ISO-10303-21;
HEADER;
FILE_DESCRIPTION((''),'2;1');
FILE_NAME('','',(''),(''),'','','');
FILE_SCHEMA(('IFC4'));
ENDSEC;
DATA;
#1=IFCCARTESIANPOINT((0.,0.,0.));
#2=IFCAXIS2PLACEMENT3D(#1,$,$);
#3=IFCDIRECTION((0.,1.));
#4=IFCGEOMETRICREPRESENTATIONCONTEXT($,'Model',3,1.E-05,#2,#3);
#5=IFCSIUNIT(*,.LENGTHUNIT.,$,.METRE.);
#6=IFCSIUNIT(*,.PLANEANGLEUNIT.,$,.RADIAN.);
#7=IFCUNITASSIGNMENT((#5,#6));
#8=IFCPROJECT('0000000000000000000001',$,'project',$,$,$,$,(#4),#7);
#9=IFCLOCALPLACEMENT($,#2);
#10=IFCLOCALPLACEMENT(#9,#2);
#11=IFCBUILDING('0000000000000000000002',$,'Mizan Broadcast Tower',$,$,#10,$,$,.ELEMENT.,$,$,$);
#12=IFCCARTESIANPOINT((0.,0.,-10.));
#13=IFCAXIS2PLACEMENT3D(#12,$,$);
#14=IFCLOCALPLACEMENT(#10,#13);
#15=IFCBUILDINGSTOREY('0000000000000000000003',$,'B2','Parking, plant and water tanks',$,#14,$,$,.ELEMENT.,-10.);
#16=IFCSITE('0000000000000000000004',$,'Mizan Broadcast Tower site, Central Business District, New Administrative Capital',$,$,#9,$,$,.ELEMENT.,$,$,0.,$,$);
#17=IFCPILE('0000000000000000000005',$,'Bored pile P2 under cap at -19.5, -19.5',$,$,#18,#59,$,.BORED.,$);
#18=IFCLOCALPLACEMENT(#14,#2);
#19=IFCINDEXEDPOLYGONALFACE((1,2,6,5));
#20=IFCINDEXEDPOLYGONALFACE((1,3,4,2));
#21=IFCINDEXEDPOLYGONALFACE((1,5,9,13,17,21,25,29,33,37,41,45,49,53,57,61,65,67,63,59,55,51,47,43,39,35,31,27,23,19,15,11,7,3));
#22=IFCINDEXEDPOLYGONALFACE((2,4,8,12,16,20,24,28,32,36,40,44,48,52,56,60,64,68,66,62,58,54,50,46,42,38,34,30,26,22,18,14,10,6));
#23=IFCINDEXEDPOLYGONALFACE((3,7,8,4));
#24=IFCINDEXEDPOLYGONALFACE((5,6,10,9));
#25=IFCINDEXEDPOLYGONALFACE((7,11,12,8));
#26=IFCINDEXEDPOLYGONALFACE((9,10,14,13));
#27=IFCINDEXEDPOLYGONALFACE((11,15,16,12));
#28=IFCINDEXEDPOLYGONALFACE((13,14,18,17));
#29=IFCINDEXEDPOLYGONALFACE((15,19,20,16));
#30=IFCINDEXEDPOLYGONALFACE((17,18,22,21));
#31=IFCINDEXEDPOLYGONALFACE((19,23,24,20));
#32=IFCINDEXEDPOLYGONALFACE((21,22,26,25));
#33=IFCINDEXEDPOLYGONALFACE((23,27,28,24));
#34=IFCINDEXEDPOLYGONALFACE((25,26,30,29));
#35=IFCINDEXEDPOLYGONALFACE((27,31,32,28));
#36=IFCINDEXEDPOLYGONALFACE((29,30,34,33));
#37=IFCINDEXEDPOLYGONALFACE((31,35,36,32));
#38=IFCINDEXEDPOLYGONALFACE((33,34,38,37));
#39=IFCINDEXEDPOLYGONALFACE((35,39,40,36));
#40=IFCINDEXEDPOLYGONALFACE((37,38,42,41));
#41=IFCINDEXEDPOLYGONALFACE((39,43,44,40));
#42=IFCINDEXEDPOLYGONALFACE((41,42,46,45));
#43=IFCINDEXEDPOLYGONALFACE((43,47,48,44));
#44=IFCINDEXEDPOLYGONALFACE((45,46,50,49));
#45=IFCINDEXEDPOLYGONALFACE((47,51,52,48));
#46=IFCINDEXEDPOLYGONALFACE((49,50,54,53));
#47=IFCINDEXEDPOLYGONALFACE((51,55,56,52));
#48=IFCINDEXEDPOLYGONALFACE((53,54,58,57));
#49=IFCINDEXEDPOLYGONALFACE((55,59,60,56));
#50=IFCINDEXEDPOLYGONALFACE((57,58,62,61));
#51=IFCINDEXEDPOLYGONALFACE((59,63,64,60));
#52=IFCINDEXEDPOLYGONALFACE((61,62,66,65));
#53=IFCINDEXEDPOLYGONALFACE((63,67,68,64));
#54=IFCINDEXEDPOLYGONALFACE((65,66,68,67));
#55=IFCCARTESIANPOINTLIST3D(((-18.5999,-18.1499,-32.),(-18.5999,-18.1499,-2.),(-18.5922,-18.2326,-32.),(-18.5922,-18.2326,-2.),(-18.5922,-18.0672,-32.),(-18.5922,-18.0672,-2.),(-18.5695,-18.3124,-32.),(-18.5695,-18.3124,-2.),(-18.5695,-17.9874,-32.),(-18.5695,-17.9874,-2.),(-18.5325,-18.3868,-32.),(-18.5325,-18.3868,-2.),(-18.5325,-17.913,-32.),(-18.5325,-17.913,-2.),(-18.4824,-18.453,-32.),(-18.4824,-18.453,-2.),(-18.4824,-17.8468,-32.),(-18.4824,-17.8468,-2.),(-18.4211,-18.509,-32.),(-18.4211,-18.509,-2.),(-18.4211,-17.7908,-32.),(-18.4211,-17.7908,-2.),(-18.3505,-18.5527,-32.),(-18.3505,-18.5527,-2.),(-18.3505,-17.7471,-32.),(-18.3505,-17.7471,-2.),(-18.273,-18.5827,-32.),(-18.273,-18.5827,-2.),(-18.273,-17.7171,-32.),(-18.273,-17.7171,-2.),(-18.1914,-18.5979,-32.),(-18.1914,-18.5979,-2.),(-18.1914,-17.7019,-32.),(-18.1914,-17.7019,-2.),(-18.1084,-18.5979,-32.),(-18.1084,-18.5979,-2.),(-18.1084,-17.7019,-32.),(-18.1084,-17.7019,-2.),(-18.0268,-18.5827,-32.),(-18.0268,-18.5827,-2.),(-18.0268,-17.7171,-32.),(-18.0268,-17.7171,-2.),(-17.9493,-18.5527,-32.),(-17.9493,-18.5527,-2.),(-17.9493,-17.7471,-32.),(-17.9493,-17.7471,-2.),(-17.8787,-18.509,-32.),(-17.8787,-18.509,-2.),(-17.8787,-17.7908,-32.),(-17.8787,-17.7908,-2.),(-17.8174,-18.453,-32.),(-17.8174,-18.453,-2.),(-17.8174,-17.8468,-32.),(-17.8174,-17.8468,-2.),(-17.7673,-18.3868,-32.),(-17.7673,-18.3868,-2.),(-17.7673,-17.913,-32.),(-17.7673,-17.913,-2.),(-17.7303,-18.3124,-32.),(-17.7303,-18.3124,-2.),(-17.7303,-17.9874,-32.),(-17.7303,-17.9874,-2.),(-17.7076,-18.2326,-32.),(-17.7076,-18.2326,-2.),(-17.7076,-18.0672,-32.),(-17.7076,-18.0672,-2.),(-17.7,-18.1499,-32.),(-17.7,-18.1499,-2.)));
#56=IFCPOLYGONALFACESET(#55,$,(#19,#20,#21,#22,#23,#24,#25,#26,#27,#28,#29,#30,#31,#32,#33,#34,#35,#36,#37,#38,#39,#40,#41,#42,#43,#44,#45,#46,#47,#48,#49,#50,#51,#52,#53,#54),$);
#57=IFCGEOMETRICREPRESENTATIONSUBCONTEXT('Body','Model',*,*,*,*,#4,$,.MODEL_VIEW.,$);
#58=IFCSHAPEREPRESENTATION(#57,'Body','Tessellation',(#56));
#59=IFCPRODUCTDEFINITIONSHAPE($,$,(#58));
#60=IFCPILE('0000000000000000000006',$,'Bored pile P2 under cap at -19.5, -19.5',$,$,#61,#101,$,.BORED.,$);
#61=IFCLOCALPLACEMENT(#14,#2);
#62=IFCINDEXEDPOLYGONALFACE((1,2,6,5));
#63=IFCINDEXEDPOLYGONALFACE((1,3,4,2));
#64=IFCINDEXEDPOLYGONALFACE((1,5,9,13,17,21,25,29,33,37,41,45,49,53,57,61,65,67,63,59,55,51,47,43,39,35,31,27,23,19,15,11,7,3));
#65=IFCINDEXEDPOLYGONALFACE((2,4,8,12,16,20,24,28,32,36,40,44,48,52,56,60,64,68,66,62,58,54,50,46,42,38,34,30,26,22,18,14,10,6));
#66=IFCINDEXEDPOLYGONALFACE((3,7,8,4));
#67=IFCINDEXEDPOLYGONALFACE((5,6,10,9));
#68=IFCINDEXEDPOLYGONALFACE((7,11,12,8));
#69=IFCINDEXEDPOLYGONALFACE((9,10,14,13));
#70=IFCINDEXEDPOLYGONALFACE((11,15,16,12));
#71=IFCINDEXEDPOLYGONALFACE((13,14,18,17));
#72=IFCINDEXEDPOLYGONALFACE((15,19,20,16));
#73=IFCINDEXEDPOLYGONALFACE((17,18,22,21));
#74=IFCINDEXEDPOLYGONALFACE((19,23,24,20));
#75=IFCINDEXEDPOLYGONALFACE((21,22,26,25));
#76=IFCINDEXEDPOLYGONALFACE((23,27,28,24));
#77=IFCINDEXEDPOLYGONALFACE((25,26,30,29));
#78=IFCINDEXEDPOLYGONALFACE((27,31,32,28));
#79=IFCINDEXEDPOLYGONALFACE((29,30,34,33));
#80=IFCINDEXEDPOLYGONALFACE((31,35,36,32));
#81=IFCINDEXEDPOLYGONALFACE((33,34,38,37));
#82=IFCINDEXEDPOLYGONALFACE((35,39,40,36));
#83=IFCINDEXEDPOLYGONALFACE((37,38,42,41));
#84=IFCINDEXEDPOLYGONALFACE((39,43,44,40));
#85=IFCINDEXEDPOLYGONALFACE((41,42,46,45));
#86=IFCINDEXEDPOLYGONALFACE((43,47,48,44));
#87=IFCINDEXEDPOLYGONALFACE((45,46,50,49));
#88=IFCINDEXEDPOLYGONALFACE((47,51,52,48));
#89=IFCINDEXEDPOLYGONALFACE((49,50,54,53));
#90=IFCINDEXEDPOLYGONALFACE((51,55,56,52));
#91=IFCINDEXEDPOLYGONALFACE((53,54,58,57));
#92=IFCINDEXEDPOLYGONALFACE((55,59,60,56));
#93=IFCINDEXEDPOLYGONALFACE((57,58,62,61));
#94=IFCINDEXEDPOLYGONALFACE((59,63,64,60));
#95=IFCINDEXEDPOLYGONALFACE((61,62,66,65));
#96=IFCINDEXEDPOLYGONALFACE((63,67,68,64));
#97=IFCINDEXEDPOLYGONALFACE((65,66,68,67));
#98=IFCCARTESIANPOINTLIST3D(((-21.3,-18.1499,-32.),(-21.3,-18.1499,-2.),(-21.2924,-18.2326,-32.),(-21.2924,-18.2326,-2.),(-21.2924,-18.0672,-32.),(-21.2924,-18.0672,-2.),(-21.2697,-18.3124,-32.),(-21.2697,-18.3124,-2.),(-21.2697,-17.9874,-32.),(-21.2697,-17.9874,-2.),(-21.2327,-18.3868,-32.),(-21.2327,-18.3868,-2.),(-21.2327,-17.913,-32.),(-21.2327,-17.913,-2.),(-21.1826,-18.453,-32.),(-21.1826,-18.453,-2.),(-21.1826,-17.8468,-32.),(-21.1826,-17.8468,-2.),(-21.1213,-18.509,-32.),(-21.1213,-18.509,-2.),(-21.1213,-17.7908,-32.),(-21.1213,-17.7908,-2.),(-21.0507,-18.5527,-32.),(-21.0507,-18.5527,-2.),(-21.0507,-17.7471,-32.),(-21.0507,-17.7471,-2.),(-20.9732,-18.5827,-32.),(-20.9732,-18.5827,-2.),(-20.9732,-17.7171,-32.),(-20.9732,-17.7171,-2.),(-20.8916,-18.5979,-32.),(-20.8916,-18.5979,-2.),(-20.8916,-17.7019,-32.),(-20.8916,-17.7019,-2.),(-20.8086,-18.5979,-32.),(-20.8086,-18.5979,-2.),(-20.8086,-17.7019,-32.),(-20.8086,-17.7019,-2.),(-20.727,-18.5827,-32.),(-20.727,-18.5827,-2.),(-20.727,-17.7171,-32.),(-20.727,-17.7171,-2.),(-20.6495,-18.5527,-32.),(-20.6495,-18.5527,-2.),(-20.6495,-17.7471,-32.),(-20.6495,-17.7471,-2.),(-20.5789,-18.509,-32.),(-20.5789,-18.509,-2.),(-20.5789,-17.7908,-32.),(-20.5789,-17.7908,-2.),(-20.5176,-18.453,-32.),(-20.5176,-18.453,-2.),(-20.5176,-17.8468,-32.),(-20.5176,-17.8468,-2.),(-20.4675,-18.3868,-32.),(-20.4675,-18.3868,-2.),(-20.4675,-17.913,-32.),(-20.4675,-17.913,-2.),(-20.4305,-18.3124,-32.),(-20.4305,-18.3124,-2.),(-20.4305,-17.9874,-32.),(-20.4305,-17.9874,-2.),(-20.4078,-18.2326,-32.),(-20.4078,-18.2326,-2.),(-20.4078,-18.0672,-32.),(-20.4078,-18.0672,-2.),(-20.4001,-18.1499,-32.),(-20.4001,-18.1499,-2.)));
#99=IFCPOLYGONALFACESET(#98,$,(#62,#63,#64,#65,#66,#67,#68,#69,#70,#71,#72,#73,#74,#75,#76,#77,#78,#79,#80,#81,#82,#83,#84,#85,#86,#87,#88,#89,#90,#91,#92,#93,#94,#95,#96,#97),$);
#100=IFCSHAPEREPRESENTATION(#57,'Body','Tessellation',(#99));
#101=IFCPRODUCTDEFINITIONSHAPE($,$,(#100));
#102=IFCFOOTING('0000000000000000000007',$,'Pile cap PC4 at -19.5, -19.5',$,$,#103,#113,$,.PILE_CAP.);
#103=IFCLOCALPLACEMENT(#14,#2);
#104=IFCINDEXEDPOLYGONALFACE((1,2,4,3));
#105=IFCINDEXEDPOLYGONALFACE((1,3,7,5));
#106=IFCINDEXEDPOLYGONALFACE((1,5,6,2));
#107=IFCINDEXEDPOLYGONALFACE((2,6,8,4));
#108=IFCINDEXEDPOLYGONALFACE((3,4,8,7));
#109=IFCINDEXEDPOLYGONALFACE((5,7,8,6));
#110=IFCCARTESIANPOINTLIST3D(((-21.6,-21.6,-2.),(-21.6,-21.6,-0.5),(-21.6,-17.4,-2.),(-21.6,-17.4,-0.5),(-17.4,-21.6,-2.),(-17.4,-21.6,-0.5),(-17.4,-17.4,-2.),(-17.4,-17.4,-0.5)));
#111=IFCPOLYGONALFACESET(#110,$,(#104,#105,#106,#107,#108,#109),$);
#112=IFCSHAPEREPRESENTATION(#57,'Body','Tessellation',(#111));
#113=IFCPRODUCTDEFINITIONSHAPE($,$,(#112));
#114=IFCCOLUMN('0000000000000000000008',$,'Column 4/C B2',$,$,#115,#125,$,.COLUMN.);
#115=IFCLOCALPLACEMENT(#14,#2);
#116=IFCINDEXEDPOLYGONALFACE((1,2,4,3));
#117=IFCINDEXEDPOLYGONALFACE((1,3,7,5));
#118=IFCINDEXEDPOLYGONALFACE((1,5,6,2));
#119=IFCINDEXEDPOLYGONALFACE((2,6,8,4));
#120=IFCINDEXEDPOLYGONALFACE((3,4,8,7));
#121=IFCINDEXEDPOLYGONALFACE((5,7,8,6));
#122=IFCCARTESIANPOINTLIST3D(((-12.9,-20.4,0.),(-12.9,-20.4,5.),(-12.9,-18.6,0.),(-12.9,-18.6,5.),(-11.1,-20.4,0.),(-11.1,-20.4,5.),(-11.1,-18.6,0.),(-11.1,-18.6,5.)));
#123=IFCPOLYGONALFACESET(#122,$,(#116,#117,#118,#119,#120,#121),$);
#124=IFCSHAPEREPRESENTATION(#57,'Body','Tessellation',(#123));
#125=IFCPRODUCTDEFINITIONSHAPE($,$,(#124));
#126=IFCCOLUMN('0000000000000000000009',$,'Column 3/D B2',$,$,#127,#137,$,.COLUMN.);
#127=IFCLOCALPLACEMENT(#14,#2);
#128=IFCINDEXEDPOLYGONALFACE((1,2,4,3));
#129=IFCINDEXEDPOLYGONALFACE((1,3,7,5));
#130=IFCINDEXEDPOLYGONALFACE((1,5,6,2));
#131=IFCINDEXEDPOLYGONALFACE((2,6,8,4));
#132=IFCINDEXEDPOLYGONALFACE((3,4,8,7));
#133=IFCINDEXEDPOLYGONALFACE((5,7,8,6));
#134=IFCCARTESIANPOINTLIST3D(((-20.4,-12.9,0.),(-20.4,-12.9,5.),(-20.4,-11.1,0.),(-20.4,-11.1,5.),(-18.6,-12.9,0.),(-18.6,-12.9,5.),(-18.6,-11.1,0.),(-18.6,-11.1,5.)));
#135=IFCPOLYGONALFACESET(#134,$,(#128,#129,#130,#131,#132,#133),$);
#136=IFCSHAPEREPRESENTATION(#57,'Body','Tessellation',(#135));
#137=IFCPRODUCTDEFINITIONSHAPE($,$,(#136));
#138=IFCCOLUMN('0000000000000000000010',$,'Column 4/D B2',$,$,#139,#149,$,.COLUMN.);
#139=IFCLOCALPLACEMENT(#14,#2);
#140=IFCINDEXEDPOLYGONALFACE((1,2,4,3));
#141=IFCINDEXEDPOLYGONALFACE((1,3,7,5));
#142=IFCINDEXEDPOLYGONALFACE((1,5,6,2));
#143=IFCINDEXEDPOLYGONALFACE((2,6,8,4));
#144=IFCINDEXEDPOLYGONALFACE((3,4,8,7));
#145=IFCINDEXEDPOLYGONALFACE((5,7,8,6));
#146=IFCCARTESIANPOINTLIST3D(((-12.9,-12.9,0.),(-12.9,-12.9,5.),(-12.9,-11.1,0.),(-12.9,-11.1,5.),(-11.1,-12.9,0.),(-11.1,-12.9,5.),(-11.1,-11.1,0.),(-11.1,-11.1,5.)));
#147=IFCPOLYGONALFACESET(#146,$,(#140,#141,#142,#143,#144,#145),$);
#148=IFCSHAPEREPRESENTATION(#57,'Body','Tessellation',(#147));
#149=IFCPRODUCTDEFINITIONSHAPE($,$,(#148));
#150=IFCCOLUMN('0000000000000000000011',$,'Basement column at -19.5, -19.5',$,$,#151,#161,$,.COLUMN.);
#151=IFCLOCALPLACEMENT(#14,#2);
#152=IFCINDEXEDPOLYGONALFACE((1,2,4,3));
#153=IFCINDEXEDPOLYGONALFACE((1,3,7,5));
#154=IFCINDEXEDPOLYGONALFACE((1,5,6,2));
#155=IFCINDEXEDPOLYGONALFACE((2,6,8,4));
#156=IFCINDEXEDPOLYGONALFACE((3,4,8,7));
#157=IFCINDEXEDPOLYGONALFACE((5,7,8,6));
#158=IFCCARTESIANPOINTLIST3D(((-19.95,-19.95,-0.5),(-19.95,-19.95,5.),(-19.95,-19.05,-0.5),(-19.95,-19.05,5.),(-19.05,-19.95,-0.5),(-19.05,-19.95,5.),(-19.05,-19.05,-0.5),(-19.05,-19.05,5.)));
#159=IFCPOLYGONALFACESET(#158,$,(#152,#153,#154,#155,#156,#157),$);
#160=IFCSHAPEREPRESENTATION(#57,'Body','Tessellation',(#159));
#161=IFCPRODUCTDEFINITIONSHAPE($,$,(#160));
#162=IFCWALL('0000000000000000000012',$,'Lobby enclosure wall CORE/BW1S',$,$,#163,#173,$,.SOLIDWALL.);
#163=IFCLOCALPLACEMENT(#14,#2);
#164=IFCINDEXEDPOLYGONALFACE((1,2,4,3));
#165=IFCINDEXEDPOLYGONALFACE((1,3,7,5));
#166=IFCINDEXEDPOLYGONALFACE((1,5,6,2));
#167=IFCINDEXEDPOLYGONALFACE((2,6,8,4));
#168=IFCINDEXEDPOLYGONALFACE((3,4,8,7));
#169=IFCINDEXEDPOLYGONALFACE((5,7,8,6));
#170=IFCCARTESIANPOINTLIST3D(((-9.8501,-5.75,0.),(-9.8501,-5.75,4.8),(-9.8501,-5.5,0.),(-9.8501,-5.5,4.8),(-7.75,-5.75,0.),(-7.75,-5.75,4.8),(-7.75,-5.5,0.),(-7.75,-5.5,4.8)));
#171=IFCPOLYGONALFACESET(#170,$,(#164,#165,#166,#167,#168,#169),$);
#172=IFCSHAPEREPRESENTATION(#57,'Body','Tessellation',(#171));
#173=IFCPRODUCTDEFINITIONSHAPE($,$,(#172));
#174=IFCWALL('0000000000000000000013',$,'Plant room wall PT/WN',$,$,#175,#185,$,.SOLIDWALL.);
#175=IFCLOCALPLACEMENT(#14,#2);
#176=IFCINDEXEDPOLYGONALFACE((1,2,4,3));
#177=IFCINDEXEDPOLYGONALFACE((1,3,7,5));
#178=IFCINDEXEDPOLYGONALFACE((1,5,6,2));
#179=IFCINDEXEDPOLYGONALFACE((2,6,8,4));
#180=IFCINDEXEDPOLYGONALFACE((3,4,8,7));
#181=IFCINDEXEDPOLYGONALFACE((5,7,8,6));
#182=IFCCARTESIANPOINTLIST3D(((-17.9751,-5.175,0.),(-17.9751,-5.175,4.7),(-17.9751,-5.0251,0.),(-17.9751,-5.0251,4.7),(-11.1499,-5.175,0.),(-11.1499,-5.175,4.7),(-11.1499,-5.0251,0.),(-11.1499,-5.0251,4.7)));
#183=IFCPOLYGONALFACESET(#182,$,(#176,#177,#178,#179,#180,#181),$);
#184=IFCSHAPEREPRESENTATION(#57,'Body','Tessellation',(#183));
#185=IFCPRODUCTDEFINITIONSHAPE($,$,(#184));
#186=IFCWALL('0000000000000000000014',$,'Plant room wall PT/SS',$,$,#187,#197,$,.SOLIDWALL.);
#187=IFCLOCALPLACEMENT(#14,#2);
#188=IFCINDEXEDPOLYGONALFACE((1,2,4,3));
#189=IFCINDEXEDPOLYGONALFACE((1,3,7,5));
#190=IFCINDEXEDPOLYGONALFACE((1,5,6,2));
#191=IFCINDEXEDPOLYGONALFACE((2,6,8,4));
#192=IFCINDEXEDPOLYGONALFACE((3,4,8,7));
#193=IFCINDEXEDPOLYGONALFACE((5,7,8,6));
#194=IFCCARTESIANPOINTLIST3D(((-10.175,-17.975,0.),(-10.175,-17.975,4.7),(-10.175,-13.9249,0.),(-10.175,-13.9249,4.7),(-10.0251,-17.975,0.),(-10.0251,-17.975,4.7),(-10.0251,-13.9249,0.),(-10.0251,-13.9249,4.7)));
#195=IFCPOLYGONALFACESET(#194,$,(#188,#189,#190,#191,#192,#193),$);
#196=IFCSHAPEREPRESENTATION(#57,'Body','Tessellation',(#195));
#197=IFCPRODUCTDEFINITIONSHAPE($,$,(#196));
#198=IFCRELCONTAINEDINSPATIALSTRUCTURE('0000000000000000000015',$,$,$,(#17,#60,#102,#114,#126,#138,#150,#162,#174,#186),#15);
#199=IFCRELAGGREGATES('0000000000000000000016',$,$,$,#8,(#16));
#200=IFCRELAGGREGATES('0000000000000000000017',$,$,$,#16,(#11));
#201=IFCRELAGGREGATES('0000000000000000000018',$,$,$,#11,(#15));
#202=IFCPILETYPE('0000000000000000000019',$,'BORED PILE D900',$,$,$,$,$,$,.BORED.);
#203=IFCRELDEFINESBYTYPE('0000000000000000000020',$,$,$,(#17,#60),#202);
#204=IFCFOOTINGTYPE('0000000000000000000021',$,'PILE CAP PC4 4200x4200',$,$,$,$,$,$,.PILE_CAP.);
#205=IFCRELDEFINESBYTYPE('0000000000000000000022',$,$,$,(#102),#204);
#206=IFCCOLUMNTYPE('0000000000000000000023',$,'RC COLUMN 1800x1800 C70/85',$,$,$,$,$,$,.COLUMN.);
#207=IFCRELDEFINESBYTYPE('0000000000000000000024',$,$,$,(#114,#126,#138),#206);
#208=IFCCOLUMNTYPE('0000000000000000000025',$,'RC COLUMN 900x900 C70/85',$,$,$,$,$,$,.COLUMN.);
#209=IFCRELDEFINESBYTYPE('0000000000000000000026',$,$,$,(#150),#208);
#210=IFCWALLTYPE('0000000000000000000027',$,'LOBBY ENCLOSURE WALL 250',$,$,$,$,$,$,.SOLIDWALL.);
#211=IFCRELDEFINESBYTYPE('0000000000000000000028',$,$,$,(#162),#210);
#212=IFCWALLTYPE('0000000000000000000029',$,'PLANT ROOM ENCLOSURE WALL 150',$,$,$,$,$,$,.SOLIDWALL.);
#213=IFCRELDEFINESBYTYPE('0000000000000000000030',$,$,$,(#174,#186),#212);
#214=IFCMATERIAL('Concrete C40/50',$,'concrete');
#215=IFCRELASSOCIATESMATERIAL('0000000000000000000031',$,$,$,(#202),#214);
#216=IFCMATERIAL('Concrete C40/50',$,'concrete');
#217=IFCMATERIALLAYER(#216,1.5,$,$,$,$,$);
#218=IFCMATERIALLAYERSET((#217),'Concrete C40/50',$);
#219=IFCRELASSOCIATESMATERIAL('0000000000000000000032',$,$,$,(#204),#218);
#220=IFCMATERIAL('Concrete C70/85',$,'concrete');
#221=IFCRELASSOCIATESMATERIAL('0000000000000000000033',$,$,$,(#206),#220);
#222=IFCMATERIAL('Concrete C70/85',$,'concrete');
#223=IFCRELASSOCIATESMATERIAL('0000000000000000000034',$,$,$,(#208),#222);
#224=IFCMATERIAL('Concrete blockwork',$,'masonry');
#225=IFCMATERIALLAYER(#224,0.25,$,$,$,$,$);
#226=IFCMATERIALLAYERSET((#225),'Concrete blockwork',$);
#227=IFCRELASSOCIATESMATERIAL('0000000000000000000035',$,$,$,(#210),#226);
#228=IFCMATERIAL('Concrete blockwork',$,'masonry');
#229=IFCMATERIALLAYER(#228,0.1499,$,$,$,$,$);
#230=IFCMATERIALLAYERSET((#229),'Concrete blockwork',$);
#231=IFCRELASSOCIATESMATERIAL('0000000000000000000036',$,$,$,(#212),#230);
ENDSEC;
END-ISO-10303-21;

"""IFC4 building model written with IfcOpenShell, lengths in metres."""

from ifc_helpers import new_model, si_unit, direction, frame, frame_2d, origin, origin_2d, place, context, subcontext, project, spatial, rectangle, circle, extrude, material, layer, layer_set, material_profile, profile_set, type_object, element, save


model = new_model("IFC4")

# Units and contexts
model_context = context("Model", 3, precision=1e-05, world=origin(), true_north=direction((0.0, 1.0)))
body_context = subcontext(model_context, "Body", "Model", "MODEL_VIEW")
ifc_project = project(units=[si_unit("LENGTHUNIT", "METRE"), si_unit("PLANEANGLEUNIT", "RADIAN")], contexts=[model_context])

# Site, building, storey
site_placement = place(None, origin())
site = spatial("IfcSite", under=ifc_project, at=site_placement, Name="Mizan Broadcast Tower site, Central Business District, New Administrative Capital", CompositionType="ELEMENT", RefElevation=0.0)
building_placement = place(site_placement, origin())
building = spatial("IfcBuilding", under=site, at=building_placement, Name="Mizan Broadcast Tower", CompositionType="ELEMENT")
storey_placement = place(building_placement, frame((0.0, 0.0, -10.0)))
storey = spatial("IfcBuildingStorey", under=building, at=storey_placement, Name="B2", Description="Parking, plant and water tanks", CompositionType="ELEMENT", Elevation=-10.0)

# Piles
ifc_material_1 = material(Name="Concrete C40/50", Category="concrete")
ifc_material_profile_1 = material_profile(ifc_material_1, circle(Radius=0.45, at=origin_2d()), Name="D900")
ifc_profile_set_1 = profile_set([ifc_material_profile_1], Name="Concrete C40/50")
pile_type_1 = type_object("IfcPileType", Name="BORED PILE D900", PredefinedType="BORED", material=ifc_profile_set_1)
for number, where, z_axis, x_axis, name in (
    (1, (-18.1499, -18.1499, -2.0), (0.0, 0.0, -1.0), (1.0, 0.0, 0.0), "Bored pile P2 under cap at -19.5, -19.5"),
    (2, (-20.8501, -18.1499, -2.0), (0.0, 0.0, -1.0), (1.0, 0.0, 0.0), "Bored pile P2 under cap at -19.5, -19.5"),
):
    element("IfcPile", number, at=place(storey_placement, frame(where, z_axis=z_axis, x_axis=x_axis)), inside=storey, type_object=pile_type_1, Name=name, PredefinedType="BORED", context=body_context, shape_type="SweptSolid", body=[
        extrude(circle(Radius=0.45, at=origin_2d()), origin(), (0.0, 0.0, 1.0), 30.0),
    ])

# Footing
ifc_material_2 = material(Name="Concrete C40/50", Category="concrete")
ifc_layer_1 = layer(ifc_material_2, 1.5)
ifc_layer_set_1 = layer_set([ifc_layer_1], Name="Concrete C40/50")
footing_type = type_object("IfcFootingType", Name="PILE CAP PC4 4200x4200", PredefinedType="PILE_CAP", material=ifc_layer_set_1)
footing_placement = place(storey_placement, frame((-19.5, -19.5, -2.0), z_axis=(0.0, 0.0, 1.0), x_axis=(1.0, 0.0, 0.0)))
element("IfcFooting", 3, at=footing_placement, inside=storey, type_object=footing_type, Name="Pile cap PC4 at -19.5, -19.5", PredefinedType="PILE_CAP", context=body_context, shape_type="SweptSolid", body=[
    extrude(rectangle(XDim=4.2, YDim=4.2, at=origin_2d()), origin(), (0.0, 0.0, 1.0), 1.5),
])

# Columns
ifc_material_3 = material(Name="Concrete C70/85", Category="concrete")
ifc_material_profile_2 = material_profile(ifc_material_3, rectangle(XDim=1.8, YDim=1.8, at=origin_2d()), Name="RC 1800x1800")
ifc_profile_set_2 = profile_set([ifc_material_profile_2], Name="Concrete C70/85")
column_type_1 = type_object("IfcColumnType", Name="RC COLUMN 1800x1800 C70/85", PredefinedType="COLUMN", material=ifc_profile_set_2)
for number, where, z_axis, x_axis, name in (
    (4, (-12.0, -19.5, 0.0), (0.0, 0.0, 1.0), (1.0, 0.0, 0.0), "Column 4/C B2"),
    (5, (-19.5, -12.0, 0.0), (0.0, 0.0, 1.0), (1.0, 0.0, 0.0), "Column 3/D B2"),
    (6, (-12.0, -12.0, 0.0), (0.0, 0.0, 1.0), (1.0, 0.0, 0.0), "Column 4/D B2"),
):
    element("IfcColumn", number, at=place(storey_placement, frame(where, z_axis=z_axis, x_axis=x_axis)), inside=storey, type_object=column_type_1, Name=name, PredefinedType="COLUMN", context=body_context, shape_type="SweptSolid", body=[
        extrude(rectangle(XDim=1.8, YDim=1.8, at=origin_2d()), origin(), (0.0, 0.0, 1.0), 5.0),
    ])
ifc_material_4 = material(Name="Concrete C70/85", Category="concrete")
ifc_material_profile_3 = material_profile(ifc_material_4, rectangle(XDim=0.8999, YDim=0.8999, at=origin_2d()), Name="RC 900x900")
ifc_profile_set_3 = profile_set([ifc_material_profile_3], Name="Concrete C70/85")
column_type_2 = type_object("IfcColumnType", Name="RC COLUMN 900x900 C70/85", PredefinedType="COLUMN", material=ifc_profile_set_3)
column_placement = place(storey_placement, frame((-19.5, -19.5, -0.5), z_axis=(0.0, 0.0, 1.0), x_axis=(1.0, 0.0, 0.0)))
element("IfcColumn", 7, at=column_placement, inside=storey, type_object=column_type_2, Name="Basement column at -19.5, -19.5", PredefinedType="COLUMN", context=body_context, shape_type="SweptSolid", body=[
    extrude(rectangle(XDim=0.8999, YDim=0.8999, at=origin_2d()), origin(), (0.0, 0.0, 1.0), 5.5),
])

# Walls
ifc_material_5 = material(Name="Concrete blockwork", Category="masonry")
ifc_layer_2 = layer(ifc_material_5, 0.25)
ifc_layer_set_2 = layer_set([ifc_layer_2], Name="Concrete blockwork")
wall_type_1 = type_object("IfcWallType", Name="LOBBY ENCLOSURE WALL 250", PredefinedType="SOLIDWALL", material=ifc_layer_set_2)
wall_1_placement = place(storey_placement, frame((-9.8501, -5.625, 0.0), z_axis=(0.0, 0.0, 1.0), x_axis=(1.0, 0.0, 0.0)))
element("IfcWall", 8, at=wall_1_placement, inside=storey, type_object=wall_type_1, Name="Lobby enclosure wall CORE/BW1S", PredefinedType="SOLIDWALL", context=body_context, shape_type="SweptSolid", body=[
    extrude(rectangle(XDim=2.1001, YDim=0.25, at=frame_2d((1.05, 0.0))), origin(), (0.0, 0.0, 1.0), 4.8),
])
ifc_material_6 = material(Name="Concrete blockwork", Category="masonry")
ifc_layer_3 = layer(ifc_material_6, 0.1499)
ifc_layer_set_3 = layer_set([ifc_layer_3], Name="Concrete blockwork")
wall_type_2 = type_object("IfcWallType", Name="PLANT ROOM ENCLOSURE WALL 150", PredefinedType="SOLIDWALL", material=ifc_layer_set_3)
wall_2_placement = place(storey_placement, frame((-11.1499, -5.1001, 0.0), z_axis=(0.0, 0.0, 1.0), x_axis=(-1.0, 0.0, 0.0)))
element("IfcWall", 9, at=wall_2_placement, inside=storey, type_object=wall_type_2, Name="Plant room wall PT/WN", PredefinedType="SOLIDWALL", context=body_context, shape_type="SweptSolid", body=[
    extrude(rectangle(XDim=6.8252, YDim=0.1499, at=frame_2d((3.4126, 0.0))), origin(), (0.0, 0.0, 1.0), 4.7),
])
wall_3_placement = place(storey_placement, frame((-10.1001, -13.925, 0.0), z_axis=(0.0, 0.0, 1.0), x_axis=(0.0, -1.0, 0.0)))
element("IfcWall", 10, at=wall_3_placement, inside=storey, type_object=wall_type_2, Name="Plant room wall PT/SS", PredefinedType="SOLIDWALL", context=body_context, shape_type="SweptSolid", body=[
    extrude(rectangle(XDim=4.05, YDim=0.1499, at=frame_2d((2.0249, 0.0))), origin(), (0.0, 0.0, 1.0), 4.7),
])

save(model, "model.ifc")
